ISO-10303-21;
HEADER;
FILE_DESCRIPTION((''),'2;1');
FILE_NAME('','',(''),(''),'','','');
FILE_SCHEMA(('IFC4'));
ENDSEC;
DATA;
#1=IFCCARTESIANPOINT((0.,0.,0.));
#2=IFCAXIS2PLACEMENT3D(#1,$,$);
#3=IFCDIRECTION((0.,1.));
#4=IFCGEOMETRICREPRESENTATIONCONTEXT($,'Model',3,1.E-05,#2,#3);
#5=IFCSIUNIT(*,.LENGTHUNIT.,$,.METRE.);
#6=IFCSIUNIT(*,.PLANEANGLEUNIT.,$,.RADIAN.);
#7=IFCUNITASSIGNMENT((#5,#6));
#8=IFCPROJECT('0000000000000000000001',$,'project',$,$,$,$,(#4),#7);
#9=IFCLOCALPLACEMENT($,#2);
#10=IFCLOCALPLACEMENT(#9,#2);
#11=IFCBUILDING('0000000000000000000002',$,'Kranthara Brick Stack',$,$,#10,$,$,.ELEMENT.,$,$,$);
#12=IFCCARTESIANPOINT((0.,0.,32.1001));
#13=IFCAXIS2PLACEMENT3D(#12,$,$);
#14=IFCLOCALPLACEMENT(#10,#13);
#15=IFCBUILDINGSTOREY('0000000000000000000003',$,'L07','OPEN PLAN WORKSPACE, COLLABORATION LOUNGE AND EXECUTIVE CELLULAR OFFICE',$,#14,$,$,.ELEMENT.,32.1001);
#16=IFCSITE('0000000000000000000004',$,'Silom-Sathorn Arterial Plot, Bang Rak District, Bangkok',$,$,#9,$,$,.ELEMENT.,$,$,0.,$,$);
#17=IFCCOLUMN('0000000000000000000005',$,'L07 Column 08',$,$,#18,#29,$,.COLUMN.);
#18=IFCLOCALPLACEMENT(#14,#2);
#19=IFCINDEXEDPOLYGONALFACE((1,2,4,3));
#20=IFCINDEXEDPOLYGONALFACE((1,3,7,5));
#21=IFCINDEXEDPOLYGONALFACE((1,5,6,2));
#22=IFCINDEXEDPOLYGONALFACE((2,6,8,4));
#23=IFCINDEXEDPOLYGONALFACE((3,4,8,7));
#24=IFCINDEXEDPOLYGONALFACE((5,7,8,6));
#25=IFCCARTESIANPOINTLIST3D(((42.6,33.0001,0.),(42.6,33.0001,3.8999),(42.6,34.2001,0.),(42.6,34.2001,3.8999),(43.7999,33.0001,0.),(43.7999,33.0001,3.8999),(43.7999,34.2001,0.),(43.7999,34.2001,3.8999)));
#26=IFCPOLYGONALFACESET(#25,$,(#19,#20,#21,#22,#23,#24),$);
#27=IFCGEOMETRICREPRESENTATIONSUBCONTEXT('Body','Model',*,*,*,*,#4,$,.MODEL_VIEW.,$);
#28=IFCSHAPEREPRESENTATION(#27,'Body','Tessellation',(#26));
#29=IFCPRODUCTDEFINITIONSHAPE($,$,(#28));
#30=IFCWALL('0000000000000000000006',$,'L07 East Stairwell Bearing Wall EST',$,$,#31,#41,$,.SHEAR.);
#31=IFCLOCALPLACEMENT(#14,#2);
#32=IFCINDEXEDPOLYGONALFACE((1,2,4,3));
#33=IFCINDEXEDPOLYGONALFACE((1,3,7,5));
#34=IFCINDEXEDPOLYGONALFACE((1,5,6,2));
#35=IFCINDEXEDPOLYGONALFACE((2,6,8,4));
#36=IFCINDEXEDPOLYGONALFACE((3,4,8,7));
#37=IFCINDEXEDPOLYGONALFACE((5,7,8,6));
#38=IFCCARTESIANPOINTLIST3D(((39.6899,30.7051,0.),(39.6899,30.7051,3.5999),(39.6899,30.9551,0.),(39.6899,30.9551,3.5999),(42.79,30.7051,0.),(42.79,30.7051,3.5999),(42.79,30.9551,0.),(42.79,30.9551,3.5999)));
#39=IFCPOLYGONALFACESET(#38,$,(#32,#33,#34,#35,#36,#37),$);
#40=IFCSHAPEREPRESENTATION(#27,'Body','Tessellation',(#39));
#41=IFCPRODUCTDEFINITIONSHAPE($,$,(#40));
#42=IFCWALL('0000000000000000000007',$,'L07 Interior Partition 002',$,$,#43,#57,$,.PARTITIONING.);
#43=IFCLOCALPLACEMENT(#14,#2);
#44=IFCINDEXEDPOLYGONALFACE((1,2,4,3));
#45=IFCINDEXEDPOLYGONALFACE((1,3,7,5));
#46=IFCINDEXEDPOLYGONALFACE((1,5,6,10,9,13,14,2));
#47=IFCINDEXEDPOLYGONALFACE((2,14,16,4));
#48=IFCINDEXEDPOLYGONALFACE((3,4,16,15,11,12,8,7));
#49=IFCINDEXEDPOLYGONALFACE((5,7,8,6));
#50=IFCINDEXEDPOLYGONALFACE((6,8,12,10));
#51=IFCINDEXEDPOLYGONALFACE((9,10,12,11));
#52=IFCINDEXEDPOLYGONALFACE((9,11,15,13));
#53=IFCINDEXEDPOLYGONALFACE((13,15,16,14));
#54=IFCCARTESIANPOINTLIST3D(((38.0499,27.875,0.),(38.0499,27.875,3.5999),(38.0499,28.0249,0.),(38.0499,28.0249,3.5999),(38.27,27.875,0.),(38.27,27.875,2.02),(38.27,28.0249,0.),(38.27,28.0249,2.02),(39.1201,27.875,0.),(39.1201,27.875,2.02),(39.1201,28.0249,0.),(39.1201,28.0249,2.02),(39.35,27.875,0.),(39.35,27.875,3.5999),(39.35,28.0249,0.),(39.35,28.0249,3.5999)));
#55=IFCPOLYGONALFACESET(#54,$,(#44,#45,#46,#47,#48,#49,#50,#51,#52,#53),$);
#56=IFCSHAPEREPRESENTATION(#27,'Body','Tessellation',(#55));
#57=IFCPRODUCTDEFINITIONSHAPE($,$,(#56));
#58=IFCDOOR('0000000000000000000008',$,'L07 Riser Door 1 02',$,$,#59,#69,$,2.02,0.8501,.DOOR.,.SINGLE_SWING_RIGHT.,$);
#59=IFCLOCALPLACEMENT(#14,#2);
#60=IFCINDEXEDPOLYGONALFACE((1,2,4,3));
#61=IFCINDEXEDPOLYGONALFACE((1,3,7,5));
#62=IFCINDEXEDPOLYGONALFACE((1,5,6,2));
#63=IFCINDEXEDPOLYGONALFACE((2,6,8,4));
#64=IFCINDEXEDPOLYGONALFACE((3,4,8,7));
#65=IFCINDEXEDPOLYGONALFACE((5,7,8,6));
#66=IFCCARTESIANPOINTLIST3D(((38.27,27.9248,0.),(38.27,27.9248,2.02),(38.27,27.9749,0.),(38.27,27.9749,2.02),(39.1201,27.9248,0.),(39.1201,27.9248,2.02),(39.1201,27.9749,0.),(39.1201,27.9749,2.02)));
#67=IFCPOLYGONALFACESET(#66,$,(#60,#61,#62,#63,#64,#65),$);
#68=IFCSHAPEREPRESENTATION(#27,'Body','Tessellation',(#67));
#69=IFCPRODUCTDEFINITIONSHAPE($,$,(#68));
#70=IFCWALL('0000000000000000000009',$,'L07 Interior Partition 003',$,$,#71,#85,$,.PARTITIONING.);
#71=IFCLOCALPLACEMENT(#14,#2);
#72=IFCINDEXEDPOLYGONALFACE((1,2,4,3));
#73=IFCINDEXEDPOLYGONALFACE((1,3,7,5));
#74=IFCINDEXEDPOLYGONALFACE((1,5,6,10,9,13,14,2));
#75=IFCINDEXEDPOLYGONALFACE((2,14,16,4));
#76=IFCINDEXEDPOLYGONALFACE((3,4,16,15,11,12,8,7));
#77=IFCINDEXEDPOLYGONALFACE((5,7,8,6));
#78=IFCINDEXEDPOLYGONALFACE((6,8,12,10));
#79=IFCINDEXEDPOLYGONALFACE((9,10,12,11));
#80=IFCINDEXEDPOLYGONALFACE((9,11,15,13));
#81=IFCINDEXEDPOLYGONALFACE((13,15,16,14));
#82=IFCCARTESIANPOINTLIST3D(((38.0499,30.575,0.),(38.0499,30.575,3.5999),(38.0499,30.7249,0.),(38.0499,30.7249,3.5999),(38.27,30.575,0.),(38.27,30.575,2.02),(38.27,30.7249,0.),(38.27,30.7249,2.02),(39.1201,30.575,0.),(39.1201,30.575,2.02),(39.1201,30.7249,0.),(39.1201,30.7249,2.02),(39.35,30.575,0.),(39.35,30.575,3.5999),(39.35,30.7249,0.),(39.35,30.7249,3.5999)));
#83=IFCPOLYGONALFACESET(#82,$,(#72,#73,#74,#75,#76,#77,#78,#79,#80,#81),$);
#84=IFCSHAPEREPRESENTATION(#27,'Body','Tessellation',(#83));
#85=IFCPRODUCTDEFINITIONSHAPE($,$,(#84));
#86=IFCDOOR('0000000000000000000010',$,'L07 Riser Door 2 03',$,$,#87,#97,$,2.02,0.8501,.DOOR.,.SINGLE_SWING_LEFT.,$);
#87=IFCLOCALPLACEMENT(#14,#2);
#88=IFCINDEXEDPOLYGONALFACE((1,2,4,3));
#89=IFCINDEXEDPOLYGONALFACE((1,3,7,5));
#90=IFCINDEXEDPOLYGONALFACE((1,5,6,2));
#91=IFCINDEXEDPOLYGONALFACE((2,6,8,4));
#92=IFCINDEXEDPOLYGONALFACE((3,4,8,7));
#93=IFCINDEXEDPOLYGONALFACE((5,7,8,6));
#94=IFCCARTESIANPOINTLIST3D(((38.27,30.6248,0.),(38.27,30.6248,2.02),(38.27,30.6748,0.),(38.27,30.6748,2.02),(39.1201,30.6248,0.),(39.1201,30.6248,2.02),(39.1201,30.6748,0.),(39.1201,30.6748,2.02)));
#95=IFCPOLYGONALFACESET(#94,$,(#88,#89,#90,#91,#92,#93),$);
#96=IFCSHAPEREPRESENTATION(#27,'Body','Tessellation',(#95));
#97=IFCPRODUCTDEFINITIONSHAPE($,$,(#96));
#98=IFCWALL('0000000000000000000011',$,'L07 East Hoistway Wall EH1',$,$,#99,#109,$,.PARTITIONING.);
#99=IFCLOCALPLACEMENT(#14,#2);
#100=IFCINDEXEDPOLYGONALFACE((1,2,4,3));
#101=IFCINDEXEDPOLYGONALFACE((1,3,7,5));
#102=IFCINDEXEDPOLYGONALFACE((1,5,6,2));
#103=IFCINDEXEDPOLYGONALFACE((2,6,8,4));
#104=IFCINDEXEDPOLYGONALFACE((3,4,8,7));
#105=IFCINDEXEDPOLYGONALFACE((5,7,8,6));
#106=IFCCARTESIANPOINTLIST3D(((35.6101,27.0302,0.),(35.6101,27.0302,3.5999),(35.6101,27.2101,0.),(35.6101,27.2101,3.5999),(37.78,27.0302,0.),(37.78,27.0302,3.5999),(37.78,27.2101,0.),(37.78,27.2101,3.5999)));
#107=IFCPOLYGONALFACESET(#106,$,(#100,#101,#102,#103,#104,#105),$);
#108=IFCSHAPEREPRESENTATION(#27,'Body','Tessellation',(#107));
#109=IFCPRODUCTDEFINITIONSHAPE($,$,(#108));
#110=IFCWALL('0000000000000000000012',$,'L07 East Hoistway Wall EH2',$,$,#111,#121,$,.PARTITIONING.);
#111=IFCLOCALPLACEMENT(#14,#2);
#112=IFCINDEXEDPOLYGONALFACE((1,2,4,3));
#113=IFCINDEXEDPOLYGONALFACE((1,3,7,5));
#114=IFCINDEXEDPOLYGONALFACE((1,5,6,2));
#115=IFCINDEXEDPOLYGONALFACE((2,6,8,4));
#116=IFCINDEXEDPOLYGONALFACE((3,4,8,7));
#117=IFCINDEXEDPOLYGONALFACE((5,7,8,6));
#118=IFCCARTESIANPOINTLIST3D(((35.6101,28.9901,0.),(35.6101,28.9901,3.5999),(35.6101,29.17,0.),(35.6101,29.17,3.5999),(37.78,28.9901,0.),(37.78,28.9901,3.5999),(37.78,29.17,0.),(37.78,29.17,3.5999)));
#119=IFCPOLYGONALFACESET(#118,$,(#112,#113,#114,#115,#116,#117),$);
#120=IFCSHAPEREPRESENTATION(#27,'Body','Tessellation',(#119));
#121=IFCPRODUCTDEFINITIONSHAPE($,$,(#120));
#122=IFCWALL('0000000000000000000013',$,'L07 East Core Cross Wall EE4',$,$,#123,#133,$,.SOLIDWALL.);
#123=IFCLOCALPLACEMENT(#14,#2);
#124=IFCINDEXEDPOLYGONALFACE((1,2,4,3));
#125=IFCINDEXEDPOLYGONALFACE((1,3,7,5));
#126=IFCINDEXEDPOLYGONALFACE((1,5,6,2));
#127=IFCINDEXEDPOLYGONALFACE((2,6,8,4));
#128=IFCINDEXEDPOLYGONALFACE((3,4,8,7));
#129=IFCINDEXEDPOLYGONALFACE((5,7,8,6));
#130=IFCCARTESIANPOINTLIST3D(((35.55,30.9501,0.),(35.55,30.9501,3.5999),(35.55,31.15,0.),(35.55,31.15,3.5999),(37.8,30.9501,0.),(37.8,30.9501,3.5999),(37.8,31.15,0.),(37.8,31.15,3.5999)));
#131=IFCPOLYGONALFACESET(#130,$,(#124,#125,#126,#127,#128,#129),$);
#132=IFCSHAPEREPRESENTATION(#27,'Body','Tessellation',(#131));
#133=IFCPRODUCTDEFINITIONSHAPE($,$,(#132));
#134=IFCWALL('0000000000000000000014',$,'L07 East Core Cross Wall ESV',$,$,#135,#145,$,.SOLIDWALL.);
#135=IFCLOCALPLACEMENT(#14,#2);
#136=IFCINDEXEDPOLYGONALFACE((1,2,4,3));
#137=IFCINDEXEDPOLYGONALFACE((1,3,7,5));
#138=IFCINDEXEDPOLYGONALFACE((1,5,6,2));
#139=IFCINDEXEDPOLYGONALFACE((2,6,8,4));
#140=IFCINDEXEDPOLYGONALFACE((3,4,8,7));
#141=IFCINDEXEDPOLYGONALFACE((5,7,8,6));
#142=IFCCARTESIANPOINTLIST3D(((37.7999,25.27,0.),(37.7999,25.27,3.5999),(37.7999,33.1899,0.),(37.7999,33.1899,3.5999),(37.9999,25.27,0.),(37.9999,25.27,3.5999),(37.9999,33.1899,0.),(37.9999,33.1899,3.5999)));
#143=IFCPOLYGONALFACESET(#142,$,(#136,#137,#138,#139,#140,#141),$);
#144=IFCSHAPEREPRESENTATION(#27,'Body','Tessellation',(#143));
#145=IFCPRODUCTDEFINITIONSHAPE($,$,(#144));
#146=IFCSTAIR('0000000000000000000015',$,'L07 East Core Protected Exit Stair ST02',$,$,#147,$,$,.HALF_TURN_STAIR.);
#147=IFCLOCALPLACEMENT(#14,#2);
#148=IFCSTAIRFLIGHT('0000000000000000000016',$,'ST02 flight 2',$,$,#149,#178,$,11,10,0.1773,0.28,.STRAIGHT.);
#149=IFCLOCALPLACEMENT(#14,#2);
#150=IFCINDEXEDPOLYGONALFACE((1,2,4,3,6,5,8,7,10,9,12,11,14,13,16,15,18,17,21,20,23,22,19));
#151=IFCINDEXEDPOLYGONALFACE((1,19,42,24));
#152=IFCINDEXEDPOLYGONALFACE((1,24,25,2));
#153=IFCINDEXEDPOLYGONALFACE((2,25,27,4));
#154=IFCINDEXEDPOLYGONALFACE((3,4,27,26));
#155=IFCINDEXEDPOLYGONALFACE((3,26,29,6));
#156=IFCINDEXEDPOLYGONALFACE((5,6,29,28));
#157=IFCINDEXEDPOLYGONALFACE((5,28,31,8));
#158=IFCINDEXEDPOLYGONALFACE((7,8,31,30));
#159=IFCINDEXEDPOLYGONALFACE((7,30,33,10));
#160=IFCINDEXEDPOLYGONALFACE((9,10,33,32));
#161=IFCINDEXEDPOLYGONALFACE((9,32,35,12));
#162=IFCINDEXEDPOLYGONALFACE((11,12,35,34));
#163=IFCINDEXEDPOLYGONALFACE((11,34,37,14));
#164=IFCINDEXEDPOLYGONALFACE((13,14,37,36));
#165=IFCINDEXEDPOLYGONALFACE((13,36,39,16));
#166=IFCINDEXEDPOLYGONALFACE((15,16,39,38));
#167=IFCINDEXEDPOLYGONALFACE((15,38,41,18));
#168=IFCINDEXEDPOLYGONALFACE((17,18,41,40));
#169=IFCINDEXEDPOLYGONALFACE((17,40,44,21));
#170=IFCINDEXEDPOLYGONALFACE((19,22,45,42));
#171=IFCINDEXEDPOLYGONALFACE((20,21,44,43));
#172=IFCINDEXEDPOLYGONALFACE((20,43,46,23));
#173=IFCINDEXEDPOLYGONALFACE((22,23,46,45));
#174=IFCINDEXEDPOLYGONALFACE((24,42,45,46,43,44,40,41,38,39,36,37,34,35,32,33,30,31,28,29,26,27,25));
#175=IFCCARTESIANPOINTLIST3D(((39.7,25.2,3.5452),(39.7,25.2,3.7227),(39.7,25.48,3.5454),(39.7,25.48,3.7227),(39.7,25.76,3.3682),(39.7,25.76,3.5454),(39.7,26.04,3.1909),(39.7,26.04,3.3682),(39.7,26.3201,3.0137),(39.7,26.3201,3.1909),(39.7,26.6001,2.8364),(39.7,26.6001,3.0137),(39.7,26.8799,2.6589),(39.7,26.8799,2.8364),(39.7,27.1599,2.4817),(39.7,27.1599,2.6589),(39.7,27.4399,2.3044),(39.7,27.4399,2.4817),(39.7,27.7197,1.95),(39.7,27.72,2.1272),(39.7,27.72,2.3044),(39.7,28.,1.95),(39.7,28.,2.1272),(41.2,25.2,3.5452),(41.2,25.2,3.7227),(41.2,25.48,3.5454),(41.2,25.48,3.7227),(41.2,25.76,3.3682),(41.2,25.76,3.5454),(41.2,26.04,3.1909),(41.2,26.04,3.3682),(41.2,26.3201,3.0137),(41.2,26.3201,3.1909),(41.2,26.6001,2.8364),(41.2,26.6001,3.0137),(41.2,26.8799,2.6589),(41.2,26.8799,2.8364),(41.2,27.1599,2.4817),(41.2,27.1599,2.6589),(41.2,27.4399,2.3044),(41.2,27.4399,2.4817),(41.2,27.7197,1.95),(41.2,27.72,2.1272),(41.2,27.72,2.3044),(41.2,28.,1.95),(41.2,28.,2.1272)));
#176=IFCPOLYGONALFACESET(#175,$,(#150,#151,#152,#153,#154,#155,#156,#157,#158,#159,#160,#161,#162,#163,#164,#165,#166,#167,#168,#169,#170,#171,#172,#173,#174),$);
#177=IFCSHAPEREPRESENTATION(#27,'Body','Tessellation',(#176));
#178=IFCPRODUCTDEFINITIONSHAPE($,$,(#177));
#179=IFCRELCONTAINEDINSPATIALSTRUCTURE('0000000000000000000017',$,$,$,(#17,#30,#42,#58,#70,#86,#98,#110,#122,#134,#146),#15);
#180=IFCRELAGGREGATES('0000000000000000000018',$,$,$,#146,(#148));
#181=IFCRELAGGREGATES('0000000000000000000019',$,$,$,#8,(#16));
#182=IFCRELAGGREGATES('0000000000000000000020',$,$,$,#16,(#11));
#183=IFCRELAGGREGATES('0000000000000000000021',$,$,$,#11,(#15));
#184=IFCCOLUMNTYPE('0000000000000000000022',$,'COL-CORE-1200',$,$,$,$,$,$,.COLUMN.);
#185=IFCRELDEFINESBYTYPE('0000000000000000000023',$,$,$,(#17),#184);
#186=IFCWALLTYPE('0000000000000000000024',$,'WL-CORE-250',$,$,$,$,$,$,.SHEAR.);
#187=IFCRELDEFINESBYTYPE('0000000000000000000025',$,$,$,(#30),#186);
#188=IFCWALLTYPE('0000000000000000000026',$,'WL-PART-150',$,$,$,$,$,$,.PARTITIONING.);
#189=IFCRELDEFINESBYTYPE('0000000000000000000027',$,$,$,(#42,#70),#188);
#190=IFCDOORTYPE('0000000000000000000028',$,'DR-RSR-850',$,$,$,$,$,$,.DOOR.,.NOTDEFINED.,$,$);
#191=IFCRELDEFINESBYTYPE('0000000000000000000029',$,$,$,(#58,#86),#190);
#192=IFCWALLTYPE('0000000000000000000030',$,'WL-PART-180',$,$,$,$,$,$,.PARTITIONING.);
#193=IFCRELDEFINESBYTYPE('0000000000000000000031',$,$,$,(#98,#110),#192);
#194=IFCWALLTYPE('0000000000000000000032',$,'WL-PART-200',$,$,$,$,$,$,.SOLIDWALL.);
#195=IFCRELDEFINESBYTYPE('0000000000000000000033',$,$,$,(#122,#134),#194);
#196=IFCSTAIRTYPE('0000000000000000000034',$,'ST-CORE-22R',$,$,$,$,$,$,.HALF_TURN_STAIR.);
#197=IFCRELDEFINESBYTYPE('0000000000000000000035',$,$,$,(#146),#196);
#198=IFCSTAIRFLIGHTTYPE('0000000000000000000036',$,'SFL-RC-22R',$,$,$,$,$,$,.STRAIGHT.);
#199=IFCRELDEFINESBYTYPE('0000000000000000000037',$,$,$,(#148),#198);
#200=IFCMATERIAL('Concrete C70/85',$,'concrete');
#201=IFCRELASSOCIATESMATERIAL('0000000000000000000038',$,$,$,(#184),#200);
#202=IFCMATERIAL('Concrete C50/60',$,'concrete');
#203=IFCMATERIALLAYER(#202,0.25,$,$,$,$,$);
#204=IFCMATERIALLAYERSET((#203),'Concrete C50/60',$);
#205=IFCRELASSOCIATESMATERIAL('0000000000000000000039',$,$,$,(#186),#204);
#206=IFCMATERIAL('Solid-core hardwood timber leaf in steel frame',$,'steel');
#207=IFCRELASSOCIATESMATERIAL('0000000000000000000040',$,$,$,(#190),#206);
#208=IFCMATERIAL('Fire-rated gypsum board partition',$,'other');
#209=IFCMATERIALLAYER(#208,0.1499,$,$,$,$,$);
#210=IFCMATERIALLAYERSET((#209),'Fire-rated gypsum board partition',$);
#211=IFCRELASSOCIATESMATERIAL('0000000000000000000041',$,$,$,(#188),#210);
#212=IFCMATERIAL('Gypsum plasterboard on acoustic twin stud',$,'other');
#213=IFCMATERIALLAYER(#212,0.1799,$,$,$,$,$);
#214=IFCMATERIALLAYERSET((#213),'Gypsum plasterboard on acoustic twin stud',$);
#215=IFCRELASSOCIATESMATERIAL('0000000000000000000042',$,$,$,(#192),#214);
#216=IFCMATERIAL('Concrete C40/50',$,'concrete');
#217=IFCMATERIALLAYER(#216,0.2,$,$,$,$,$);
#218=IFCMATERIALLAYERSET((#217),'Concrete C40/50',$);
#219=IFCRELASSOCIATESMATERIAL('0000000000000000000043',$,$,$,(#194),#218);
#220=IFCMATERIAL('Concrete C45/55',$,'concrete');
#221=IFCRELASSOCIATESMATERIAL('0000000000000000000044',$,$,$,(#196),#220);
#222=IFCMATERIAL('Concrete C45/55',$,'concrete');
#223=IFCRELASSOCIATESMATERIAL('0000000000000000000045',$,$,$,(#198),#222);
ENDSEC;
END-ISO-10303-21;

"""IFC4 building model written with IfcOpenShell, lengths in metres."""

from ifc_helpers import new_model, si_unit, direction, frame, frame_2d, origin, origin_2d, place, context, subcontext, project, spatial, polyline, rectangle, outline, extrude, material, layer, layer_set, material_profile, profile_set, type_object, element, fill, aggregate, save


model = new_model("IFC4")

# Units and contexts
model_context = context("Model", 3, precision=1e-05, world=origin(), true_north=direction((0.0, 1.0)))
body_context = subcontext(model_context, "Body", "Model", "MODEL_VIEW")
ifc_project = project(units=[si_unit("LENGTHUNIT", "METRE"), si_unit("PLANEANGLEUNIT", "RADIAN")], contexts=[model_context])

# Site, building, storey
site_placement = place(None, origin())
site = spatial("IfcSite", under=ifc_project, at=site_placement, Name="Silom-Sathorn Arterial Plot, Bang Rak District, Bangkok", CompositionType="ELEMENT", RefElevation=0.0)
building_placement = place(site_placement, origin())
building = spatial("IfcBuilding", under=site, at=building_placement, Name="Kranthara Brick Stack", CompositionType="ELEMENT")
storey_placement = place(building_placement, frame((0.0, 0.0, 32.1001)))
storey = spatial("IfcBuildingStorey", under=building, at=storey_placement, Name="L07", Description="OPEN PLAN WORKSPACE, COLLABORATION LOUNGE AND EXECUTIVE CELLULAR OFFICE", CompositionType="ELEMENT", Elevation=32.1001)

# Column
ifc_material_1 = material(Name="Concrete C70/85", Category="concrete")
ifc_material_profile = material_profile(ifc_material_1, rectangle(XDim=1.2, YDim=1.2, at=origin_2d()), Name="RC 1200x1200")
ifc_profile_set = profile_set([ifc_material_profile], Name="Concrete C70/85")
column_type = type_object("IfcColumnType", Name="COL-CORE-1200", PredefinedType="COLUMN", material=ifc_profile_set)
column_placement = place(storey_placement, frame((43.2, 33.6001, 0.0), z_axis=(0.0, 0.0, 1.0), x_axis=(1.0, 0.0, 0.0)))
element("IfcColumn", 1, at=column_placement, inside=storey, type_object=column_type, Name="L07 Column 08", PredefinedType="COLUMN", context=body_context, shape_type="SweptSolid", body=[
    extrude(rectangle(XDim=1.2, YDim=1.2, at=origin_2d()), origin(), (0.0, 0.0, 1.0), 3.8999),
])

# Wall
ifc_material_2 = material(Name="Concrete C50/60", Category="concrete")
ifc_layer_1 = layer(ifc_material_2, 0.25)
ifc_layer_set_1 = layer_set([ifc_layer_1], Name="Concrete C50/60")
wall_type_1 = type_object("IfcWallType", Name="WL-CORE-250", PredefinedType="SHEAR", material=ifc_layer_set_1)
wall_1_placement = place(storey_placement, frame((39.6899, 30.8301, 0.0), z_axis=(0.0, 0.0, 1.0), x_axis=(1.0, 0.0, 0.0)))
element("IfcWall", 2, at=wall_1_placement, inside=storey, type_object=wall_type_1, Name="L07 East Stairwell Bearing Wall EST", PredefinedType="SHEAR", context=body_context, shape_type="SweptSolid", body=[
    extrude(rectangle(XDim=3.1001, YDim=0.25, at=frame_2d((1.55, 0.0))), origin(), (0.0, 0.0, 1.0), 3.5999),
])

# Shared definitions
ifc_material_3 = material(Name="Solid-core hardwood timber leaf in steel frame", Category="steel")
door_type_1 = type_object("IfcDoorType", Name="DR-RSR-850", OperationType="NOTDEFINED", PredefinedType="DOOR", material=ifc_material_3)

# Walls, openings, doors
ifc_material_4 = material(Name="Fire-rated gypsum board partition", Category="other")
ifc_layer_2 = layer(ifc_material_4, 0.1499)
ifc_layer_set_2 = layer_set([ifc_layer_2], Name="Fire-rated gypsum board partition")
wall_type_2 = type_object("IfcWallType", Name="WL-PART-150", PredefinedType="PARTITIONING", material=ifc_layer_set_2)
wall_2_placement = place(storey_placement, frame((38.05, 27.95, 0.0), z_axis=(0.0, 0.0, 1.0), x_axis=(1.0, 0.0, 0.0)))
wall_2 = element("IfcWall", 3, at=wall_2_placement, inside=storey, type_object=wall_type_2, Name="L07 Interior Partition 002", PredefinedType="PARTITIONING", context=body_context, shape_type="SweptSolid", body=[
    extrude(rectangle(XDim=1.3, YDim=0.1499, at=frame_2d((0.6499, 0.0))), origin(), (0.0, 0.0, 1.0), 3.5999),
])
opening_1_placement = place(wall_2_placement, frame((0.22, 0.0, 0.0)))
opening_1 = element("IfcOpeningElement", 4, at=opening_1_placement, cuts=wall_2, PredefinedType="OPENING", context=body_context, shape_type="SweptSolid", body=[
    extrude(rectangle(XDim=0.8501, YDim=2.02, at=frame_2d((0.425, 1.01))), frame((0.0, 0.085, 0.0), z_axis=(0.0, -1.0, 0.0), x_axis=(1.0, 0.0, 0.0)), (0.0, 0.0, 1.0), 0.1699),
])
door_1_placement = place(opening_1_placement, origin())
door_1 = element("IfcDoor", 5, at=door_1_placement, inside=storey, type_object=door_type_1, Name="L07 Riser Door 1 02", OperationType="SINGLE_SWING_RIGHT", OverallHeight=2.02, OverallWidth=0.8501, PredefinedType="DOOR", context=body_context, shape_type="SweptSolid", body=[
    extrude(rectangle(XDim=0.8501, YDim=2.02, at=frame_2d((0.425, 1.01))), frame((0.0, 0.0249, 0.0), z_axis=(0.0, -1.0, 0.0), x_axis=(1.0, 0.0, 0.0)), (0.0, 0.0, 1.0), 0.05),
])
fill(opening_1, door_1)
wall_3_placement = place(storey_placement, frame((38.05, 30.6499, 0.0), z_axis=(0.0, 0.0, 1.0), x_axis=(1.0, 0.0, 0.0)))
wall_3 = element("IfcWall", 6, at=wall_3_placement, inside=storey, type_object=wall_type_2, Name="L07 Interior Partition 003", PredefinedType="PARTITIONING", context=body_context, shape_type="SweptSolid", body=[
    extrude(rectangle(XDim=1.3, YDim=0.1499, at=frame_2d((0.6499, 0.0))), origin(), (0.0, 0.0, 1.0), 3.5999),
])
opening_2_placement = place(wall_3_placement, frame((0.22, 0.0, 0.0)))
opening_2 = element("IfcOpeningElement", 7, at=opening_2_placement, cuts=wall_3, PredefinedType="OPENING", context=body_context, shape_type="SweptSolid", body=[
    extrude(rectangle(XDim=0.8501, YDim=2.02, at=frame_2d((0.425, 1.01))), frame((0.0, 0.085, 0.0), z_axis=(0.0, -1.0, 0.0), x_axis=(1.0, 0.0, 0.0)), (0.0, 0.0, 1.0), 0.1699),
])
door_2_placement = place(opening_2_placement, origin())
door_2 = element("IfcDoor", 8, at=door_2_placement, inside=storey, type_object=door_type_1, Name="L07 Riser Door 2 03", OperationType="SINGLE_SWING_LEFT", OverallHeight=2.02, OverallWidth=0.8501, PredefinedType="DOOR", context=body_context, shape_type="SweptSolid", body=[
    extrude(rectangle(XDim=0.8501, YDim=2.02, at=frame_2d((0.425, 1.01))), frame((0.0, 0.0249, 0.0), z_axis=(0.0, -1.0, 0.0), x_axis=(1.0, 0.0, 0.0)), (0.0, 0.0, 1.0), 0.05),
])
fill(opening_2, door_2)

# Walls
ifc_material_5 = material(Name="Gypsum plasterboard on acoustic twin stud", Category="other")
ifc_layer_3 = layer(ifc_material_5, 0.1799)
ifc_layer_set_3 = layer_set([ifc_layer_3], Name="Gypsum plasterboard on acoustic twin stud")
wall_type_3 = type_object("IfcWallType", Name="WL-PART-180", PredefinedType="PARTITIONING", material=ifc_layer_set_3)
for number, where, z_axis, x_axis, name in (
    (9, (35.6101, 27.1201, 0.0), (0.0, 0.0, 1.0), (1.0, 0.0, 0.0), "L07 East Hoistway Wall EH1"),
    (10, (35.6101, 29.0801, 0.0), (0.0, 0.0, 1.0), (1.0, 0.0, 0.0), "L07 East Hoistway Wall EH2"),
):
    element("IfcWall", number, at=place(storey_placement, frame(where, z_axis=z_axis, x_axis=x_axis)), inside=storey, type_object=wall_type_3, Name=name, PredefinedType="PARTITIONING", context=body_context, shape_type="SweptSolid", body=[
        extrude(rectangle(XDim=2.1699, YDim=0.1799, at=frame_2d((1.085, 0.0))), origin(), (0.0, 0.0, 1.0), 3.5999),
    ])
ifc_material_6 = material(Name="Concrete C40/50", Category="concrete")
ifc_layer_4 = layer(ifc_material_6, 0.2)
ifc_layer_set_4 = layer_set([ifc_layer_4], Name="Concrete C40/50")
wall_type_4 = type_object("IfcWallType", Name="WL-PART-200", PredefinedType="SOLIDWALL", material=ifc_layer_set_4)
wall_4_placement = place(storey_placement, frame((35.55, 31.05, 0.0), z_axis=(0.0, 0.0, 1.0), x_axis=(1.0, 0.0, 0.0)))
element("IfcWall", 11, at=wall_4_placement, inside=storey, type_object=wall_type_4, Name="L07 East Core Cross Wall EE4", PredefinedType="SOLIDWALL", context=body_context, shape_type="SweptSolid", body=[
    extrude(rectangle(XDim=2.25, YDim=0.2, at=frame_2d((1.125, 0.0))), origin(), (0.0, 0.0, 1.0), 3.5999),
])
wall_5_placement = place(storey_placement, frame((37.8999, 25.27, 0.0), z_axis=(0.0, 0.0, 1.0), x_axis=(0.0, 1.0, 0.0)))
element("IfcWall", 12, at=wall_5_placement, inside=storey, type_object=wall_type_4, Name="L07 East Core Cross Wall ESV", PredefinedType="SOLIDWALL", context=body_context, shape_type="SweptSolid", body=[
    extrude(rectangle(XDim=7.9199, YDim=0.2, at=frame_2d((3.96, 0.0))), origin(), (0.0, 0.0, 1.0), 3.5999),
])

# Stair, stair flight
ifc_material_7 = material(Name="Concrete C45/55", Category="concrete")
stair_type = type_object("IfcStairType", Name="ST-CORE-22R", PredefinedType="HALF_TURN_STAIR", material=ifc_material_7)
stair_placement = place(storey_placement, origin())
stair = element("IfcStair", 13, at=stair_placement, inside=storey, type_object=stair_type, Name="L07 East Core Protected Exit Stair ST02", PredefinedType="HALF_TURN_STAIR")
ifc_material_8 = material(Name="Concrete C45/55", Category="concrete")
stair_flight_type = type_object("IfcStairFlightType", Name="SFL-RC-22R", PredefinedType="STRAIGHT", material=ifc_material_8)
stair_flight_placement = place(storey_placement, frame((40.45, 28.0, 1.95), z_axis=(0.0, 0.0, 1.0), x_axis=(0.0, -1.0, 0.0)))
stair_flight = element("IfcStairFlight", 14, at=stair_flight_placement, type_object=stair_flight_type, Name="ST02 flight 2", NumberOfRisers=11, NumberOfTreads=10, PredefinedType="STRAIGHT", RiserHeight=0.1773, TreadLength=0.28, context=body_context, shape_type="SweptSolid", body=[
    extrude(outline(polyline([(0.0, 0.0), (0.0, 0.1772), (0.28, 0.1772), (0.28, 0.3545), (0.5601, 0.3545), (0.5601, 0.5317), (0.8401, 0.5317), (0.8401, 0.709), (1.1201, 0.709), (1.1201, 0.8865), (1.3999, 0.8865), (1.3999, 1.0637), (1.6799, 1.0637), (1.6799, 1.241), (1.96, 1.241), (1.96, 1.4182), (2.24, 1.4182), (2.24, 1.5955), (2.52, 1.5955), (2.52, 1.7727), (2.8, 1.7727), (2.8, 1.95), (2.8, 1.5952), (0.2803, 0.0), (0.0, 0.0)])), frame((0.0, 0.75, 0.0), z_axis=(0.0, -1.0, 0.0), x_axis=(1.0, 0.0, 0.0)), (0.0, 0.0, 1.0), 1.5),
])
aggregate(stair, [stair_flight])

save(model, "model.ifc")
